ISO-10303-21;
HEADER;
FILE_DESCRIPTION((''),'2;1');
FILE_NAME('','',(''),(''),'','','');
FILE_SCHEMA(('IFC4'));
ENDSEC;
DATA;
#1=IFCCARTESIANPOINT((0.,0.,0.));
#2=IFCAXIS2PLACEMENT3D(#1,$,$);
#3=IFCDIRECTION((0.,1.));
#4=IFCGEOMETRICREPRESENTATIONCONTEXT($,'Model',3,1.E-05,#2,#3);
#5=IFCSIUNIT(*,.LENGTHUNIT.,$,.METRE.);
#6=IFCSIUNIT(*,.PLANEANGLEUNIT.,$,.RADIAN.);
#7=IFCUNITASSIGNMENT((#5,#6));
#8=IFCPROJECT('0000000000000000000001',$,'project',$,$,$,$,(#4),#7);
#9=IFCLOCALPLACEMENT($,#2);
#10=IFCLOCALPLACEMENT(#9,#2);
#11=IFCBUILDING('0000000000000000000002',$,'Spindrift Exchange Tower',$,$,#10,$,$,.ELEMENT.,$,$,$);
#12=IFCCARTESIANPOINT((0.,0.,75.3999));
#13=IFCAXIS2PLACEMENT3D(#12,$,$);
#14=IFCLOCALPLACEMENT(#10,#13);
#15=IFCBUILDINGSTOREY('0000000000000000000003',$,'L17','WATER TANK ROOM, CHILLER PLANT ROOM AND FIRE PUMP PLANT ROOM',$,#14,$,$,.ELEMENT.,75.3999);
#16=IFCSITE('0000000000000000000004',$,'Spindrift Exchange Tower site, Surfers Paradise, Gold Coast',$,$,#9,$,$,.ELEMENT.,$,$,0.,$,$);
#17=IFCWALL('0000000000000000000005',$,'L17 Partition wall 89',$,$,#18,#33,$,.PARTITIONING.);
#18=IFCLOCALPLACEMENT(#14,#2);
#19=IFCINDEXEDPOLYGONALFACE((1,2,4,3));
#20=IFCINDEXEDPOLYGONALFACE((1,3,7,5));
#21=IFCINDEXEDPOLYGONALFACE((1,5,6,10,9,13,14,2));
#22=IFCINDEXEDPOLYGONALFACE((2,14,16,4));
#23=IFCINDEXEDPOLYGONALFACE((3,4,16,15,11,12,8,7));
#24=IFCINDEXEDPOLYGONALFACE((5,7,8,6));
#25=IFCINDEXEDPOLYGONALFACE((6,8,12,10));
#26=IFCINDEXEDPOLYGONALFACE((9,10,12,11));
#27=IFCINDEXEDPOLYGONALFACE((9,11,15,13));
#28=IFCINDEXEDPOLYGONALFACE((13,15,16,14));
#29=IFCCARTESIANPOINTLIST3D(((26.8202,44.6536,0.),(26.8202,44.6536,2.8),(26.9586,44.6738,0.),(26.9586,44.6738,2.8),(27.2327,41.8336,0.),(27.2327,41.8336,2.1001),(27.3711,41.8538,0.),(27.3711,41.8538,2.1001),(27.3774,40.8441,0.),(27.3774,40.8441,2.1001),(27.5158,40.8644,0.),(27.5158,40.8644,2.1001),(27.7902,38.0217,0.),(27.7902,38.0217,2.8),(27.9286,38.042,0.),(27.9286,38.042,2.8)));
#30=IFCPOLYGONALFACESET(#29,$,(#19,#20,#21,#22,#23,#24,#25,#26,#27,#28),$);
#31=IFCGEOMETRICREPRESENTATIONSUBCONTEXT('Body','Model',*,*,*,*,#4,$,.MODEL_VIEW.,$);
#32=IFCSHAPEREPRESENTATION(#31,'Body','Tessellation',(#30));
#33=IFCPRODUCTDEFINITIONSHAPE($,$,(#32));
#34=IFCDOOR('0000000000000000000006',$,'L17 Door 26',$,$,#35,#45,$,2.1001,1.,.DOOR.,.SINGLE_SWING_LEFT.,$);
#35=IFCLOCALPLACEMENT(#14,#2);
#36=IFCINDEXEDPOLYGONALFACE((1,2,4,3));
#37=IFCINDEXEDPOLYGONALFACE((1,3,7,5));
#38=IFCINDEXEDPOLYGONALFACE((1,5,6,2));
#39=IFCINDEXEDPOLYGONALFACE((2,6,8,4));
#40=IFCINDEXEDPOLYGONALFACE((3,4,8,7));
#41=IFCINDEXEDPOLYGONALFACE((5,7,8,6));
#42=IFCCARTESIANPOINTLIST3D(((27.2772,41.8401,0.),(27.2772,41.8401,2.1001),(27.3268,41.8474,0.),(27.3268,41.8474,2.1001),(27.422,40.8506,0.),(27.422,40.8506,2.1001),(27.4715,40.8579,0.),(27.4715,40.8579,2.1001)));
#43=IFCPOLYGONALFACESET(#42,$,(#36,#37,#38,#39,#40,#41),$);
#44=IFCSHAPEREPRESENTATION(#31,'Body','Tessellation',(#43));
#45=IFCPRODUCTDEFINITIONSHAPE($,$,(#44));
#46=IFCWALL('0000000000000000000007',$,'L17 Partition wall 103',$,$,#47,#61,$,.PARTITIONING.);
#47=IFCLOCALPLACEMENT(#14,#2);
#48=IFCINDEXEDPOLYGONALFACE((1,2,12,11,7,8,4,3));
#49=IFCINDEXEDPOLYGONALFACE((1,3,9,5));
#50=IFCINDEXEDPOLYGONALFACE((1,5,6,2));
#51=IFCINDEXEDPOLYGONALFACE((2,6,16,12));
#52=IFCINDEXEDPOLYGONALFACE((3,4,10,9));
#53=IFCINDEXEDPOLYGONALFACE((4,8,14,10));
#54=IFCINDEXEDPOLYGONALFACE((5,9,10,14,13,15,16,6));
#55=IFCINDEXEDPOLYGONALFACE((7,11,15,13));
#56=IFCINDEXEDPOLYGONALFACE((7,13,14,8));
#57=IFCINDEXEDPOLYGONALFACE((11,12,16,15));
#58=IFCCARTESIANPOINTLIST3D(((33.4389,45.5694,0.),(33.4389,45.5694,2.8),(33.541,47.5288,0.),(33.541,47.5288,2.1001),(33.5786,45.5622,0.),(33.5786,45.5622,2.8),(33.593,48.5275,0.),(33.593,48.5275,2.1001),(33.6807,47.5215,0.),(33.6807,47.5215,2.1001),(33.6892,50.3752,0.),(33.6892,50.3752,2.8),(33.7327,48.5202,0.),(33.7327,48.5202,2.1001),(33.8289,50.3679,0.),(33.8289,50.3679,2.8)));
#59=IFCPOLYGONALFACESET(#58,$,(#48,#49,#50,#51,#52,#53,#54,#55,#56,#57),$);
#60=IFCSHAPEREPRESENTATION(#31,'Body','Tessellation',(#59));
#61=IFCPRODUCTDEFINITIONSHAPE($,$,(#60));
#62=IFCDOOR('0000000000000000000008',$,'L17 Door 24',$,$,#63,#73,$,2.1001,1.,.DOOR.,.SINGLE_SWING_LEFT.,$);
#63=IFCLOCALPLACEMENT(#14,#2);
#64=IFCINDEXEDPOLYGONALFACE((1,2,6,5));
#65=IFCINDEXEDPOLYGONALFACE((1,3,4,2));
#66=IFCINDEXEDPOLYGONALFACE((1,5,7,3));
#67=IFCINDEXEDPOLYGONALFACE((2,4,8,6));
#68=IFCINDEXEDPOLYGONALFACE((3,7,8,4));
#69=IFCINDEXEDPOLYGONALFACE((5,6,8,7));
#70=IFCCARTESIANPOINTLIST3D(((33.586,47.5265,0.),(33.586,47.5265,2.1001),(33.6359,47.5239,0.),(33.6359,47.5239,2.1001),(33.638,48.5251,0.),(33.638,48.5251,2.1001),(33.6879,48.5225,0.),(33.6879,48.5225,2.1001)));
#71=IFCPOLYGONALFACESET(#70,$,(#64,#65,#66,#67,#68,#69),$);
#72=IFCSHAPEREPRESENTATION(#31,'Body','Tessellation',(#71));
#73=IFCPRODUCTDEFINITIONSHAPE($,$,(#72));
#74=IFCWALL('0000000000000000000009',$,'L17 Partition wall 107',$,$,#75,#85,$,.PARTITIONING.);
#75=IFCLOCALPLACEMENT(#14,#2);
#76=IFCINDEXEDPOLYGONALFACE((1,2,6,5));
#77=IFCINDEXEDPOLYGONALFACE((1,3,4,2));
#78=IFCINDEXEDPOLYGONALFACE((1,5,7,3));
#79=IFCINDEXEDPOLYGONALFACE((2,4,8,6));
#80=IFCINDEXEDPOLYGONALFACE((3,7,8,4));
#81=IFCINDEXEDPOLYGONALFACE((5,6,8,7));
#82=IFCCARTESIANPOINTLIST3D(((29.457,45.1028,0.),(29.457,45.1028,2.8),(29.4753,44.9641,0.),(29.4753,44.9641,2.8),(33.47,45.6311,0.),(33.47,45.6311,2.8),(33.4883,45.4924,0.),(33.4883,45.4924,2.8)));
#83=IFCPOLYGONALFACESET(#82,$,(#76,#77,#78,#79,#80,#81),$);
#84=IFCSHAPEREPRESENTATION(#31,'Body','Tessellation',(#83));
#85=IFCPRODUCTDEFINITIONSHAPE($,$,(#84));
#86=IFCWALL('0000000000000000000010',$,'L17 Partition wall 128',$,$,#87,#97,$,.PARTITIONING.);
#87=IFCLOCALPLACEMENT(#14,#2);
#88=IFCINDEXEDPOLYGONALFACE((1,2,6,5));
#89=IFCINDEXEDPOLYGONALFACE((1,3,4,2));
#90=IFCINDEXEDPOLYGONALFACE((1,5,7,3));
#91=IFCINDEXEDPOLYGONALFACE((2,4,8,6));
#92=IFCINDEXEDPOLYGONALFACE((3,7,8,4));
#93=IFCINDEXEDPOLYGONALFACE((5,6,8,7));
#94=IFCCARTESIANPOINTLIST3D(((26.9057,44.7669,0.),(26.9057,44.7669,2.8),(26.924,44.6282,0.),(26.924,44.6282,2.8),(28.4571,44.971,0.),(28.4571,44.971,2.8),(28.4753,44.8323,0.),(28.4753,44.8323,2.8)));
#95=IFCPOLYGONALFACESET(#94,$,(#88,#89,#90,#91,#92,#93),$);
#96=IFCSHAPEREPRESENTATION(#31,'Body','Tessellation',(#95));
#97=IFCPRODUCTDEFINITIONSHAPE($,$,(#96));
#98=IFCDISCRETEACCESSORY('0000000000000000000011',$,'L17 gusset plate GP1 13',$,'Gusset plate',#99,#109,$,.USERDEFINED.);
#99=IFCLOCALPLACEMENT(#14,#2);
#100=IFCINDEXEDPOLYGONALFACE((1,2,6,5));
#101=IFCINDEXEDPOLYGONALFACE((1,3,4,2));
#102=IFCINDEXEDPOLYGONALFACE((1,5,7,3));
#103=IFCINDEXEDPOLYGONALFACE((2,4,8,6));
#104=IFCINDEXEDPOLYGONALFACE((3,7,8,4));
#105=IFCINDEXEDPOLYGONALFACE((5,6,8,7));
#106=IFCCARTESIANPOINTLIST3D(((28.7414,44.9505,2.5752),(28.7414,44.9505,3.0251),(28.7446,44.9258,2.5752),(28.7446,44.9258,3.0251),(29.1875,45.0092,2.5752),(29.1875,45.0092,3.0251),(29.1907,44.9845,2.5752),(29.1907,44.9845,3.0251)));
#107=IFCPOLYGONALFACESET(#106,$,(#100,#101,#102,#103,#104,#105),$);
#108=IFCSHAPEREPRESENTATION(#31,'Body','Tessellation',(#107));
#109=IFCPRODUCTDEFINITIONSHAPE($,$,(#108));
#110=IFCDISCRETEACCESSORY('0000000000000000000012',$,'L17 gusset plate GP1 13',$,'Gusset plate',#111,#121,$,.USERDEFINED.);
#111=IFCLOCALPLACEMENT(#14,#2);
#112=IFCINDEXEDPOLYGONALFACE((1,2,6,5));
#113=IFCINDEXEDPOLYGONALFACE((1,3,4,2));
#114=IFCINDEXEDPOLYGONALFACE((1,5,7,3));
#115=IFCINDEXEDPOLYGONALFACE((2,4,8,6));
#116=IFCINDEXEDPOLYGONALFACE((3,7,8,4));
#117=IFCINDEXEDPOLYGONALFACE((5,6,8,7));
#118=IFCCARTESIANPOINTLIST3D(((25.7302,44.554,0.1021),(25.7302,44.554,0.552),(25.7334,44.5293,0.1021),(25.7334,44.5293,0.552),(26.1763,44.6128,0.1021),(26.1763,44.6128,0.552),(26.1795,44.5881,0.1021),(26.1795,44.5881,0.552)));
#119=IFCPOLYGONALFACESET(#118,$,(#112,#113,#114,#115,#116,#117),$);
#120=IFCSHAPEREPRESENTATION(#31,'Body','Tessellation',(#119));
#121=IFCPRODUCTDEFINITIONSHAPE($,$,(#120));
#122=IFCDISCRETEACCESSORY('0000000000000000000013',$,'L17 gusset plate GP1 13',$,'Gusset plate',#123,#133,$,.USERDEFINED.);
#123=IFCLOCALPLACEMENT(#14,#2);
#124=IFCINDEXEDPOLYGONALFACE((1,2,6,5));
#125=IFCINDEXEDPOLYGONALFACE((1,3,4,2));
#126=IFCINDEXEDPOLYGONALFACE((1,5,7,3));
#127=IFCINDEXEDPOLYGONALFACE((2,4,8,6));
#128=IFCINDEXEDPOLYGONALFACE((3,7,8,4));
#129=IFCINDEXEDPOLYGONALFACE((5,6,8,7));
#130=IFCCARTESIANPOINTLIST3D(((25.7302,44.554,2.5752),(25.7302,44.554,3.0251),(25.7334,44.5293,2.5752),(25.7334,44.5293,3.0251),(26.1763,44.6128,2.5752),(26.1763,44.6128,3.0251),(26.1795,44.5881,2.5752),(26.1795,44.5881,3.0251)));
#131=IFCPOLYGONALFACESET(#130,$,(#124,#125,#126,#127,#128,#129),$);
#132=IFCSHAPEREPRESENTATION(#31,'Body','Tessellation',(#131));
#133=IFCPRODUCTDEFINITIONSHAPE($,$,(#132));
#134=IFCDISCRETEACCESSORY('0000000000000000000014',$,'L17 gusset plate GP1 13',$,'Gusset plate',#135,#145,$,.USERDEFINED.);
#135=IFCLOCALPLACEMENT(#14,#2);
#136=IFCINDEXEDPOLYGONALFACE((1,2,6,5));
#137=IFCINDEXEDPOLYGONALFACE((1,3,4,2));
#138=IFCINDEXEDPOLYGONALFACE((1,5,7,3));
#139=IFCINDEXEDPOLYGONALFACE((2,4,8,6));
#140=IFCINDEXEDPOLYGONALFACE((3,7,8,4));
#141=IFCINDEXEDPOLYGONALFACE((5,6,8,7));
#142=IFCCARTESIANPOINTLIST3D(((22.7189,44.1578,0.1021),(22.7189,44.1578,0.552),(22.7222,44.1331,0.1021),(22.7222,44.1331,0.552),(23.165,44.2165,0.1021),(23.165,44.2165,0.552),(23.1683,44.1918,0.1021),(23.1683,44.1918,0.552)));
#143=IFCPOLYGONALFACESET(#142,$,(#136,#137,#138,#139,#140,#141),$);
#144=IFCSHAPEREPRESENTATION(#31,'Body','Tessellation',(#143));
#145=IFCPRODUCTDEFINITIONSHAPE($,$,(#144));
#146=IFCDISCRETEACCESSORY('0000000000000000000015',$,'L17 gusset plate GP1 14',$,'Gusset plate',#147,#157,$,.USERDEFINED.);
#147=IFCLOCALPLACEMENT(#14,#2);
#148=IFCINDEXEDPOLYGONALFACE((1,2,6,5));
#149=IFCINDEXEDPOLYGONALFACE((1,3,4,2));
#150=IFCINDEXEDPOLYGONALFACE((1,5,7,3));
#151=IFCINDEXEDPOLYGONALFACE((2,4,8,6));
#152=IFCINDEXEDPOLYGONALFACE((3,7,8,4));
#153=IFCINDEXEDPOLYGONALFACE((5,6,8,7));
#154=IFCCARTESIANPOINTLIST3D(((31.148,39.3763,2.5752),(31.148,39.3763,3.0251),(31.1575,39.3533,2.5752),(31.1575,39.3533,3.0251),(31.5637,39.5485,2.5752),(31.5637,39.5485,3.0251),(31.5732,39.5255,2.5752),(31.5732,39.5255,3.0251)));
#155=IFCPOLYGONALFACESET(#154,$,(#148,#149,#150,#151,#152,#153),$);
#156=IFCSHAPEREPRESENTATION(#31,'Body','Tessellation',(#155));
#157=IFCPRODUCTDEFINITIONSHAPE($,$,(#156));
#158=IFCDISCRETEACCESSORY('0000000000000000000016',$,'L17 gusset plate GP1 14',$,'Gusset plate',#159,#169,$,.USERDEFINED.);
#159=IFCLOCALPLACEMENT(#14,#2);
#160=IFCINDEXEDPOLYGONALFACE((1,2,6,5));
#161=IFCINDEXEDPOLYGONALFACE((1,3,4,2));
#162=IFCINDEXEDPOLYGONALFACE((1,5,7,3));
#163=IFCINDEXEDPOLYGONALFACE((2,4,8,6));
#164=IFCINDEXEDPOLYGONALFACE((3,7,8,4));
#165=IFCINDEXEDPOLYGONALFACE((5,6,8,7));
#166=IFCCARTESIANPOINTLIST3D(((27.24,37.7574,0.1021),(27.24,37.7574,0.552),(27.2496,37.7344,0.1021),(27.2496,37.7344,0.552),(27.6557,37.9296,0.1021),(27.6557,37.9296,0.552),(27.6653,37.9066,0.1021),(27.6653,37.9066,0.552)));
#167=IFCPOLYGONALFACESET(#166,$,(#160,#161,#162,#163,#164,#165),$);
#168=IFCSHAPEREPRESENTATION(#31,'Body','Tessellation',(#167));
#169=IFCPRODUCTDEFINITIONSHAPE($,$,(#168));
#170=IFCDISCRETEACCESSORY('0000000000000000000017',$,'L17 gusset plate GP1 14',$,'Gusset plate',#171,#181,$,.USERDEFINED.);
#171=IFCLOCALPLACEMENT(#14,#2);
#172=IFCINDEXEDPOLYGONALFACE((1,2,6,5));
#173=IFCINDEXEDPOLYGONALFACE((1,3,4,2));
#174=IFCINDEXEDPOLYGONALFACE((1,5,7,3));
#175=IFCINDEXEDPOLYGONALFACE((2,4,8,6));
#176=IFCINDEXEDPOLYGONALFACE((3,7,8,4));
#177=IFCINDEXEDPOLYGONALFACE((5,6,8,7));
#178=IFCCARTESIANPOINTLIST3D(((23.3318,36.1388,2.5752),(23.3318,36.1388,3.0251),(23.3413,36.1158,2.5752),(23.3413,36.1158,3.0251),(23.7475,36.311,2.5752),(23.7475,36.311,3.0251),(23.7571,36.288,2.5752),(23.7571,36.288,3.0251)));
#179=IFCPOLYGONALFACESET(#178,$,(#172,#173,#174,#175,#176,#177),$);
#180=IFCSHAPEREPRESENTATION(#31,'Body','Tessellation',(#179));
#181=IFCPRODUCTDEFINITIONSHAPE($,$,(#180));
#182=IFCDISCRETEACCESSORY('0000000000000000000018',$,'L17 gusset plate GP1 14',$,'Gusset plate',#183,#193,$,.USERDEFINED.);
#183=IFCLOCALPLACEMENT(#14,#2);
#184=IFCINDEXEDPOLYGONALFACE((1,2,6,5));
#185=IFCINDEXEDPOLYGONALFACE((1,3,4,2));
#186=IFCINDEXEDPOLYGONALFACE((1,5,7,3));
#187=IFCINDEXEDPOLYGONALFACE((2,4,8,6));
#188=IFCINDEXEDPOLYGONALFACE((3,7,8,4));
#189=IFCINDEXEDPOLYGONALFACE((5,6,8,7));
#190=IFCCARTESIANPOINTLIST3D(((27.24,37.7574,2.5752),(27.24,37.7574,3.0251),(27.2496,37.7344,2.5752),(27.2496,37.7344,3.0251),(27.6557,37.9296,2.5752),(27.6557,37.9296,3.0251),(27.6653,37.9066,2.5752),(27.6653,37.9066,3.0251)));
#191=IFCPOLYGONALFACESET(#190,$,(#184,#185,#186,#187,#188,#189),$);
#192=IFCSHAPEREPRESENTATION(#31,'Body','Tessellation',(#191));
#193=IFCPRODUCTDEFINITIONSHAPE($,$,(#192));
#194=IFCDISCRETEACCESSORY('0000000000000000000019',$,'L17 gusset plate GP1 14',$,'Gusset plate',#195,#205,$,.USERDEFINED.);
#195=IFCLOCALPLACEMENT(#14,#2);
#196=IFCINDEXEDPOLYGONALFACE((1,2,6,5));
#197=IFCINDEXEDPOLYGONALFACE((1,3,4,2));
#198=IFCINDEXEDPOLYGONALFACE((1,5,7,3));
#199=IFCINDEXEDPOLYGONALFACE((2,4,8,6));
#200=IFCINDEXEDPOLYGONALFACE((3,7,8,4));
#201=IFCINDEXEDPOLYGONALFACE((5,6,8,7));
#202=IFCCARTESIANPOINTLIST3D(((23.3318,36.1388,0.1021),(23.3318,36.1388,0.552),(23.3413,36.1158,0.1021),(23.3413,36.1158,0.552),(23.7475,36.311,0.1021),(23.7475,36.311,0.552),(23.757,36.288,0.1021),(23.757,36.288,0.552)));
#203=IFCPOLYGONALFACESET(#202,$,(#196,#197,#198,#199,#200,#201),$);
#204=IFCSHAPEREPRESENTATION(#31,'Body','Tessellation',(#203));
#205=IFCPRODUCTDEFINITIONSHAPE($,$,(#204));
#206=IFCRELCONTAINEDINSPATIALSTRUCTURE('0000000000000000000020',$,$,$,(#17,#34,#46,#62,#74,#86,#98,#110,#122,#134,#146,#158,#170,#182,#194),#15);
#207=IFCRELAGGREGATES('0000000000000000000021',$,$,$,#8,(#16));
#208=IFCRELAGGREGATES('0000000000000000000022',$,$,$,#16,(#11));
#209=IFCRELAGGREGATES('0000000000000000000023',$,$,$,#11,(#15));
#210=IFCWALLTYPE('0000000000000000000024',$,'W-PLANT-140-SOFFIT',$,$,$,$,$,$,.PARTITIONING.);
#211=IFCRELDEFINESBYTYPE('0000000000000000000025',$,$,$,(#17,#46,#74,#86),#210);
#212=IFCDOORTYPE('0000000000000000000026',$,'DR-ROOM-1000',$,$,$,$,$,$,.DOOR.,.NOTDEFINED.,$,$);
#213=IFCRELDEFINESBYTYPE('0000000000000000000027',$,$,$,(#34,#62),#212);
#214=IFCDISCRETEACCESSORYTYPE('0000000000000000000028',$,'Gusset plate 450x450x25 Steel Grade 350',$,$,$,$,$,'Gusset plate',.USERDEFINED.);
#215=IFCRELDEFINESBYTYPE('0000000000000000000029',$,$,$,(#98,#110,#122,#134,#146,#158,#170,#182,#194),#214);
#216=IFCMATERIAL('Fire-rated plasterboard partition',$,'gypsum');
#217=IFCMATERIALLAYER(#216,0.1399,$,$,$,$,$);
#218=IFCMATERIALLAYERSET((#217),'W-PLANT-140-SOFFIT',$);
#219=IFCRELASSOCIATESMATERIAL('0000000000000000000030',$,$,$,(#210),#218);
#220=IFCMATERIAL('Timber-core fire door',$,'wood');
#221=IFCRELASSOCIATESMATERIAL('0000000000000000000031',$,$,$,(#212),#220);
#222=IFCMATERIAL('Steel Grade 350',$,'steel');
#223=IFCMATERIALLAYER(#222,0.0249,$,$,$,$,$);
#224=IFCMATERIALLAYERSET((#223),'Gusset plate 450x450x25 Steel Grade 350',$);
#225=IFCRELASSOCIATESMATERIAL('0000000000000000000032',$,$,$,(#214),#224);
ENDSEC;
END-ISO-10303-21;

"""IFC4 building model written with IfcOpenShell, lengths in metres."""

from ifc_helpers import new_model, si_unit, direction, frame, frame_2d, origin, origin_2d, place, context, subcontext, project, spatial, rectangle, extrude, source, transform, mapped, material, layer, layer_set, type_object, element, fill, save


model = new_model("IFC4")

# Units and contexts
model_context = context("Model", 3, precision=1e-05, world=origin(), true_north=direction((0.0, 1.0)))
body_context = subcontext(model_context, "Body", "Model", "MODEL_VIEW")
ifc_project = project(units=[si_unit("LENGTHUNIT", "METRE"), si_unit("PLANEANGLEUNIT", "RADIAN")], contexts=[model_context])

# Site, building, storey
site_placement = place(None, origin())
site = spatial("IfcSite", under=ifc_project, at=site_placement, Name="Spindrift Exchange Tower site, Surfers Paradise, Gold Coast", CompositionType="ELEMENT", RefElevation=0.0)
building_placement = place(site_placement, origin())
building = spatial("IfcBuilding", under=site, at=building_placement, Name="Spindrift Exchange Tower", CompositionType="ELEMENT")
storey_placement = place(building_placement, frame((0.0, 0.0, 75.3999)))
storey = spatial("IfcBuildingStorey", under=building, at=storey_placement, Name="L17", Description="WATER TANK ROOM, CHILLER PLANT ROOM AND FIRE PUMP PLANT ROOM", CompositionType="ELEMENT", Elevation=75.3999)

# Shared definitions
ifc_material_1 = material(Name="Fire-rated plasterboard partition", Category="gypsum")
ifc_layer_1 = layer(ifc_material_1, 0.1399)
ifc_layer_set_1 = layer_set([ifc_layer_1], Name="W-PLANT-140-SOFFIT")
wall_type = type_object("IfcWallType", Name="W-PLANT-140-SOFFIT", PredefinedType="PARTITIONING", material=ifc_layer_set_1)

# Walls, openings, doors
wall_1_placement = place(storey_placement, frame((27.8594, 38.032, 0.0), z_axis=(0.0, 0.0, 1.0), x_axis=(-0.14472, 0.989473, 0.0)))
wall_1 = element("IfcWall", 1, at=wall_1_placement, inside=storey, type_object=wall_type, Name="L17 Partition wall 89", PredefinedType="PARTITIONING", context=body_context, shape_type="SweptSolid", body=[
    extrude(rectangle(XDim=6.7024, YDim=0.1399, at=frame_2d((3.3511, 0.0))), origin(), (0.0, 0.0, 1.0), 2.8),
])
opening_1_placement = place(wall_1_placement, frame((2.8523, 0.0, 0.0)))
opening_1 = element("IfcOpeningElement", 2, at=opening_1_placement, cuts=wall_1, PredefinedType="OPENING", context=body_context, shape_type="SweptSolid", body=[
    extrude(rectangle(XDim=1.0, YDim=2.1001, at=frame_2d((0.5, 1.05))), frame((0.0, 0.0798, 0.0), z_axis=(0.0, -1.0, 0.0), x_axis=(1.0, 0.0, 0.0)), (0.0, 0.0, 1.0), 0.1599),
])
ifc_material_2 = material(Name="Timber-core fire door", Category="wood")
door_type = type_object("IfcDoorType", Name="DR-ROOM-1000", OperationType="NOTDEFINED", PredefinedType="DOOR", material=ifc_material_2)
shared_shape_1 = source(origin(), body_context, "Body", "SweptSolid", [
    extrude(rectangle(XDim=1.0, YDim=2.1001, at=frame_2d((0.5, 1.05))), frame((0.0, 0.0249, 0.0), z_axis=(0.0, -1.0, 0.0), x_axis=(1.0, 0.0, 0.0)), (0.0, 0.0, 1.0), 0.05),
])
door_1_placement = place(opening_1_placement, origin())
door_1 = element("IfcDoor", 3, at=door_1_placement, inside=storey, type_object=door_type, Name="L17 Door 26", OperationType="SINGLE_SWING_LEFT", OverallHeight=2.1001, OverallWidth=1.0, PredefinedType="DOOR", context=body_context, shape_type="MappedRepresentation", body=[
    mapped(shared_shape_1, transform((0.0, 0.0, 0.0), scale=1.0)),
])
fill(opening_1, door_1)
wall_2_placement = place(storey_placement, frame((33.5088, 45.5657, 0.0), z_axis=(0.0, 0.0, 1.0), x_axis=(0.052002, 0.998647, 0.0)))
wall_2 = element("IfcWall", 4, at=wall_2_placement, inside=storey, type_object=wall_type, Name="L17 Partition wall 103", PredefinedType="PARTITIONING", context=body_context, shape_type="SweptSolid", body=[
    extrude(rectangle(XDim=4.8123, YDim=0.1399, at=frame_2d((2.4062, 0.0))), origin(), (0.0, 0.0, 1.0), 2.8),
])
opening_2_placement = place(wall_2_placement, frame((1.9622, 0.0, 0.0)))
opening_2 = element("IfcOpeningElement", 5, at=opening_2_placement, cuts=wall_2, PredefinedType="OPENING", context=body_context, shape_type="SweptSolid", body=[
    extrude(rectangle(XDim=1.0, YDim=2.1001, at=frame_2d((0.5, 1.05))), frame((0.0, 0.0798, 0.0), z_axis=(0.0, -1.0, 0.0), x_axis=(1.0, 0.0, 0.0)), (0.0, 0.0, 1.0), 0.1599),
])
door_2_placement = place(opening_2_placement, origin())
door_2 = element("IfcDoor", 6, at=door_2_placement, inside=storey, type_object=door_type, Name="L17 Door 24", OperationType="SINGLE_SWING_LEFT", OverallHeight=2.1001, OverallWidth=1.0, PredefinedType="DOOR", context=body_context, shape_type="MappedRepresentation", body=[
    mapped(shared_shape_1, transform((0.0, 0.0, 0.0), scale=1.0)),
])
fill(opening_2, door_2)

# Walls
wall_3_placement = place(storey_placement, frame((33.4792, 45.5618, 0.0), z_axis=(0.0, 0.0, 1.0), x_axis=(-0.991445, -0.130528, 0.0)))
element("IfcWall", 7, at=wall_3_placement, inside=storey, type_object=wall_type, Name="L17 Partition wall 107", PredefinedType="PARTITIONING", context=body_context, shape_type="SweptSolid", body=[
    extrude(rectangle(XDim=4.0476, YDim=0.1399, at=frame_2d((2.0239, 0.0))), origin(), (0.0, 0.0, 1.0), 2.8),
])
wall_4_placement = place(storey_placement, frame((28.4661, 44.9016, 0.0), z_axis=(0.0, 0.0, 1.0), x_axis=(-0.991455, -0.130446, 0.0)))
element("IfcWall", 8, at=wall_4_placement, inside=storey, type_object=wall_type, Name="L17 Partition wall 128", PredefinedType="PARTITIONING", context=body_context, shape_type="SweptSolid", body=[
    extrude(rectangle(XDim=1.5647, YDim=0.1399, at=frame_2d((0.7822, 0.0))), origin(), (0.0, 0.0, 1.0), 2.8),
])

# Discrete accessories
ifc_material_3 = material(Name="Steel Grade 350", Category="steel")
ifc_layer_2 = layer(ifc_material_3, 0.0249)
ifc_layer_set_2 = layer_set([ifc_layer_2], Name="Gusset plate 450x450x25 Steel Grade 350")
discrete_accessory_type = type_object("IfcDiscreteAccessoryType", Name="Gusset plate 450x450x25 Steel Grade 350", ElementType="Gusset plate", PredefinedType="USERDEFINED", material=ifc_layer_set_2)
shared_shape_2 = source(origin(), body_context, "Body", "SweptSolid", [
    extrude(rectangle(XDim=0.45, YDim=0.0249, at=origin_2d()), origin(), (0.0, 0.0, 1.0), 0.45),
])
for number, where, z_axis, x_axis, name in (
    (9, (28.9661, 44.9675, 2.5752), (0.0, 0.0, 1.0), (-0.991446, -0.130516, 0.0), "L17 gusset plate GP1 13"),
    (10, (25.9548, 44.571, 0.1021), (0.0, 0.0, 1.0), (-0.991446, -0.130516, 0.0), "L17 gusset plate GP1 13"),
    (11, (25.9548, 44.571, 2.5752), (0.0, 0.0, 1.0), (-0.991445, -0.130526, 0.0), "L17 gusset plate GP1 13"),
    (12, (22.9436, 44.1748, 0.1021), (0.0, 0.0, 1.0), (-0.991445, -0.130526, 0.0), "L17 gusset plate GP1 13"),
    (13, (31.3606, 39.4509, 2.5752), (0.0, 0.0, 1.0), (-0.923879, -0.382685, 0.0), "L17 gusset plate GP1 14"),
    (14, (27.4526, 37.832, 0.1021), (0.0, 0.0, 1.0), (-0.923879, -0.382685, 0.0), "L17 gusset plate GP1 14"),
    (15, (23.5444, 36.2134, 2.5752), (0.0, 0.0, 1.0), (-0.923887, -0.382666, 0.0), "L17 gusset plate GP1 14"),
    (16, (27.4526, 37.832, 2.5752), (0.0, 0.0, 1.0), (-0.92388, -0.382683, 0.0), "L17 gusset plate GP1 14"),
    (17, (23.5444, 36.2134, 0.1021), (0.0, 0.0, 1.0), (-0.92388, -0.382683, 0.0), "L17 gusset plate GP1 14"),
):
    element("IfcDiscreteAccessory", number, at=place(storey_placement, frame(where, z_axis=z_axis, x_axis=x_axis)), inside=storey, type_object=discrete_accessory_type, Name=name, ObjectType="Gusset plate", PredefinedType="USERDEFINED", context=body_context, shape_type="MappedRepresentation", body=[
        mapped(shared_shape_2, transform((0.0, 0.0, 0.0), scale=1.0)),
    ])

save(model, "model.ifc")
